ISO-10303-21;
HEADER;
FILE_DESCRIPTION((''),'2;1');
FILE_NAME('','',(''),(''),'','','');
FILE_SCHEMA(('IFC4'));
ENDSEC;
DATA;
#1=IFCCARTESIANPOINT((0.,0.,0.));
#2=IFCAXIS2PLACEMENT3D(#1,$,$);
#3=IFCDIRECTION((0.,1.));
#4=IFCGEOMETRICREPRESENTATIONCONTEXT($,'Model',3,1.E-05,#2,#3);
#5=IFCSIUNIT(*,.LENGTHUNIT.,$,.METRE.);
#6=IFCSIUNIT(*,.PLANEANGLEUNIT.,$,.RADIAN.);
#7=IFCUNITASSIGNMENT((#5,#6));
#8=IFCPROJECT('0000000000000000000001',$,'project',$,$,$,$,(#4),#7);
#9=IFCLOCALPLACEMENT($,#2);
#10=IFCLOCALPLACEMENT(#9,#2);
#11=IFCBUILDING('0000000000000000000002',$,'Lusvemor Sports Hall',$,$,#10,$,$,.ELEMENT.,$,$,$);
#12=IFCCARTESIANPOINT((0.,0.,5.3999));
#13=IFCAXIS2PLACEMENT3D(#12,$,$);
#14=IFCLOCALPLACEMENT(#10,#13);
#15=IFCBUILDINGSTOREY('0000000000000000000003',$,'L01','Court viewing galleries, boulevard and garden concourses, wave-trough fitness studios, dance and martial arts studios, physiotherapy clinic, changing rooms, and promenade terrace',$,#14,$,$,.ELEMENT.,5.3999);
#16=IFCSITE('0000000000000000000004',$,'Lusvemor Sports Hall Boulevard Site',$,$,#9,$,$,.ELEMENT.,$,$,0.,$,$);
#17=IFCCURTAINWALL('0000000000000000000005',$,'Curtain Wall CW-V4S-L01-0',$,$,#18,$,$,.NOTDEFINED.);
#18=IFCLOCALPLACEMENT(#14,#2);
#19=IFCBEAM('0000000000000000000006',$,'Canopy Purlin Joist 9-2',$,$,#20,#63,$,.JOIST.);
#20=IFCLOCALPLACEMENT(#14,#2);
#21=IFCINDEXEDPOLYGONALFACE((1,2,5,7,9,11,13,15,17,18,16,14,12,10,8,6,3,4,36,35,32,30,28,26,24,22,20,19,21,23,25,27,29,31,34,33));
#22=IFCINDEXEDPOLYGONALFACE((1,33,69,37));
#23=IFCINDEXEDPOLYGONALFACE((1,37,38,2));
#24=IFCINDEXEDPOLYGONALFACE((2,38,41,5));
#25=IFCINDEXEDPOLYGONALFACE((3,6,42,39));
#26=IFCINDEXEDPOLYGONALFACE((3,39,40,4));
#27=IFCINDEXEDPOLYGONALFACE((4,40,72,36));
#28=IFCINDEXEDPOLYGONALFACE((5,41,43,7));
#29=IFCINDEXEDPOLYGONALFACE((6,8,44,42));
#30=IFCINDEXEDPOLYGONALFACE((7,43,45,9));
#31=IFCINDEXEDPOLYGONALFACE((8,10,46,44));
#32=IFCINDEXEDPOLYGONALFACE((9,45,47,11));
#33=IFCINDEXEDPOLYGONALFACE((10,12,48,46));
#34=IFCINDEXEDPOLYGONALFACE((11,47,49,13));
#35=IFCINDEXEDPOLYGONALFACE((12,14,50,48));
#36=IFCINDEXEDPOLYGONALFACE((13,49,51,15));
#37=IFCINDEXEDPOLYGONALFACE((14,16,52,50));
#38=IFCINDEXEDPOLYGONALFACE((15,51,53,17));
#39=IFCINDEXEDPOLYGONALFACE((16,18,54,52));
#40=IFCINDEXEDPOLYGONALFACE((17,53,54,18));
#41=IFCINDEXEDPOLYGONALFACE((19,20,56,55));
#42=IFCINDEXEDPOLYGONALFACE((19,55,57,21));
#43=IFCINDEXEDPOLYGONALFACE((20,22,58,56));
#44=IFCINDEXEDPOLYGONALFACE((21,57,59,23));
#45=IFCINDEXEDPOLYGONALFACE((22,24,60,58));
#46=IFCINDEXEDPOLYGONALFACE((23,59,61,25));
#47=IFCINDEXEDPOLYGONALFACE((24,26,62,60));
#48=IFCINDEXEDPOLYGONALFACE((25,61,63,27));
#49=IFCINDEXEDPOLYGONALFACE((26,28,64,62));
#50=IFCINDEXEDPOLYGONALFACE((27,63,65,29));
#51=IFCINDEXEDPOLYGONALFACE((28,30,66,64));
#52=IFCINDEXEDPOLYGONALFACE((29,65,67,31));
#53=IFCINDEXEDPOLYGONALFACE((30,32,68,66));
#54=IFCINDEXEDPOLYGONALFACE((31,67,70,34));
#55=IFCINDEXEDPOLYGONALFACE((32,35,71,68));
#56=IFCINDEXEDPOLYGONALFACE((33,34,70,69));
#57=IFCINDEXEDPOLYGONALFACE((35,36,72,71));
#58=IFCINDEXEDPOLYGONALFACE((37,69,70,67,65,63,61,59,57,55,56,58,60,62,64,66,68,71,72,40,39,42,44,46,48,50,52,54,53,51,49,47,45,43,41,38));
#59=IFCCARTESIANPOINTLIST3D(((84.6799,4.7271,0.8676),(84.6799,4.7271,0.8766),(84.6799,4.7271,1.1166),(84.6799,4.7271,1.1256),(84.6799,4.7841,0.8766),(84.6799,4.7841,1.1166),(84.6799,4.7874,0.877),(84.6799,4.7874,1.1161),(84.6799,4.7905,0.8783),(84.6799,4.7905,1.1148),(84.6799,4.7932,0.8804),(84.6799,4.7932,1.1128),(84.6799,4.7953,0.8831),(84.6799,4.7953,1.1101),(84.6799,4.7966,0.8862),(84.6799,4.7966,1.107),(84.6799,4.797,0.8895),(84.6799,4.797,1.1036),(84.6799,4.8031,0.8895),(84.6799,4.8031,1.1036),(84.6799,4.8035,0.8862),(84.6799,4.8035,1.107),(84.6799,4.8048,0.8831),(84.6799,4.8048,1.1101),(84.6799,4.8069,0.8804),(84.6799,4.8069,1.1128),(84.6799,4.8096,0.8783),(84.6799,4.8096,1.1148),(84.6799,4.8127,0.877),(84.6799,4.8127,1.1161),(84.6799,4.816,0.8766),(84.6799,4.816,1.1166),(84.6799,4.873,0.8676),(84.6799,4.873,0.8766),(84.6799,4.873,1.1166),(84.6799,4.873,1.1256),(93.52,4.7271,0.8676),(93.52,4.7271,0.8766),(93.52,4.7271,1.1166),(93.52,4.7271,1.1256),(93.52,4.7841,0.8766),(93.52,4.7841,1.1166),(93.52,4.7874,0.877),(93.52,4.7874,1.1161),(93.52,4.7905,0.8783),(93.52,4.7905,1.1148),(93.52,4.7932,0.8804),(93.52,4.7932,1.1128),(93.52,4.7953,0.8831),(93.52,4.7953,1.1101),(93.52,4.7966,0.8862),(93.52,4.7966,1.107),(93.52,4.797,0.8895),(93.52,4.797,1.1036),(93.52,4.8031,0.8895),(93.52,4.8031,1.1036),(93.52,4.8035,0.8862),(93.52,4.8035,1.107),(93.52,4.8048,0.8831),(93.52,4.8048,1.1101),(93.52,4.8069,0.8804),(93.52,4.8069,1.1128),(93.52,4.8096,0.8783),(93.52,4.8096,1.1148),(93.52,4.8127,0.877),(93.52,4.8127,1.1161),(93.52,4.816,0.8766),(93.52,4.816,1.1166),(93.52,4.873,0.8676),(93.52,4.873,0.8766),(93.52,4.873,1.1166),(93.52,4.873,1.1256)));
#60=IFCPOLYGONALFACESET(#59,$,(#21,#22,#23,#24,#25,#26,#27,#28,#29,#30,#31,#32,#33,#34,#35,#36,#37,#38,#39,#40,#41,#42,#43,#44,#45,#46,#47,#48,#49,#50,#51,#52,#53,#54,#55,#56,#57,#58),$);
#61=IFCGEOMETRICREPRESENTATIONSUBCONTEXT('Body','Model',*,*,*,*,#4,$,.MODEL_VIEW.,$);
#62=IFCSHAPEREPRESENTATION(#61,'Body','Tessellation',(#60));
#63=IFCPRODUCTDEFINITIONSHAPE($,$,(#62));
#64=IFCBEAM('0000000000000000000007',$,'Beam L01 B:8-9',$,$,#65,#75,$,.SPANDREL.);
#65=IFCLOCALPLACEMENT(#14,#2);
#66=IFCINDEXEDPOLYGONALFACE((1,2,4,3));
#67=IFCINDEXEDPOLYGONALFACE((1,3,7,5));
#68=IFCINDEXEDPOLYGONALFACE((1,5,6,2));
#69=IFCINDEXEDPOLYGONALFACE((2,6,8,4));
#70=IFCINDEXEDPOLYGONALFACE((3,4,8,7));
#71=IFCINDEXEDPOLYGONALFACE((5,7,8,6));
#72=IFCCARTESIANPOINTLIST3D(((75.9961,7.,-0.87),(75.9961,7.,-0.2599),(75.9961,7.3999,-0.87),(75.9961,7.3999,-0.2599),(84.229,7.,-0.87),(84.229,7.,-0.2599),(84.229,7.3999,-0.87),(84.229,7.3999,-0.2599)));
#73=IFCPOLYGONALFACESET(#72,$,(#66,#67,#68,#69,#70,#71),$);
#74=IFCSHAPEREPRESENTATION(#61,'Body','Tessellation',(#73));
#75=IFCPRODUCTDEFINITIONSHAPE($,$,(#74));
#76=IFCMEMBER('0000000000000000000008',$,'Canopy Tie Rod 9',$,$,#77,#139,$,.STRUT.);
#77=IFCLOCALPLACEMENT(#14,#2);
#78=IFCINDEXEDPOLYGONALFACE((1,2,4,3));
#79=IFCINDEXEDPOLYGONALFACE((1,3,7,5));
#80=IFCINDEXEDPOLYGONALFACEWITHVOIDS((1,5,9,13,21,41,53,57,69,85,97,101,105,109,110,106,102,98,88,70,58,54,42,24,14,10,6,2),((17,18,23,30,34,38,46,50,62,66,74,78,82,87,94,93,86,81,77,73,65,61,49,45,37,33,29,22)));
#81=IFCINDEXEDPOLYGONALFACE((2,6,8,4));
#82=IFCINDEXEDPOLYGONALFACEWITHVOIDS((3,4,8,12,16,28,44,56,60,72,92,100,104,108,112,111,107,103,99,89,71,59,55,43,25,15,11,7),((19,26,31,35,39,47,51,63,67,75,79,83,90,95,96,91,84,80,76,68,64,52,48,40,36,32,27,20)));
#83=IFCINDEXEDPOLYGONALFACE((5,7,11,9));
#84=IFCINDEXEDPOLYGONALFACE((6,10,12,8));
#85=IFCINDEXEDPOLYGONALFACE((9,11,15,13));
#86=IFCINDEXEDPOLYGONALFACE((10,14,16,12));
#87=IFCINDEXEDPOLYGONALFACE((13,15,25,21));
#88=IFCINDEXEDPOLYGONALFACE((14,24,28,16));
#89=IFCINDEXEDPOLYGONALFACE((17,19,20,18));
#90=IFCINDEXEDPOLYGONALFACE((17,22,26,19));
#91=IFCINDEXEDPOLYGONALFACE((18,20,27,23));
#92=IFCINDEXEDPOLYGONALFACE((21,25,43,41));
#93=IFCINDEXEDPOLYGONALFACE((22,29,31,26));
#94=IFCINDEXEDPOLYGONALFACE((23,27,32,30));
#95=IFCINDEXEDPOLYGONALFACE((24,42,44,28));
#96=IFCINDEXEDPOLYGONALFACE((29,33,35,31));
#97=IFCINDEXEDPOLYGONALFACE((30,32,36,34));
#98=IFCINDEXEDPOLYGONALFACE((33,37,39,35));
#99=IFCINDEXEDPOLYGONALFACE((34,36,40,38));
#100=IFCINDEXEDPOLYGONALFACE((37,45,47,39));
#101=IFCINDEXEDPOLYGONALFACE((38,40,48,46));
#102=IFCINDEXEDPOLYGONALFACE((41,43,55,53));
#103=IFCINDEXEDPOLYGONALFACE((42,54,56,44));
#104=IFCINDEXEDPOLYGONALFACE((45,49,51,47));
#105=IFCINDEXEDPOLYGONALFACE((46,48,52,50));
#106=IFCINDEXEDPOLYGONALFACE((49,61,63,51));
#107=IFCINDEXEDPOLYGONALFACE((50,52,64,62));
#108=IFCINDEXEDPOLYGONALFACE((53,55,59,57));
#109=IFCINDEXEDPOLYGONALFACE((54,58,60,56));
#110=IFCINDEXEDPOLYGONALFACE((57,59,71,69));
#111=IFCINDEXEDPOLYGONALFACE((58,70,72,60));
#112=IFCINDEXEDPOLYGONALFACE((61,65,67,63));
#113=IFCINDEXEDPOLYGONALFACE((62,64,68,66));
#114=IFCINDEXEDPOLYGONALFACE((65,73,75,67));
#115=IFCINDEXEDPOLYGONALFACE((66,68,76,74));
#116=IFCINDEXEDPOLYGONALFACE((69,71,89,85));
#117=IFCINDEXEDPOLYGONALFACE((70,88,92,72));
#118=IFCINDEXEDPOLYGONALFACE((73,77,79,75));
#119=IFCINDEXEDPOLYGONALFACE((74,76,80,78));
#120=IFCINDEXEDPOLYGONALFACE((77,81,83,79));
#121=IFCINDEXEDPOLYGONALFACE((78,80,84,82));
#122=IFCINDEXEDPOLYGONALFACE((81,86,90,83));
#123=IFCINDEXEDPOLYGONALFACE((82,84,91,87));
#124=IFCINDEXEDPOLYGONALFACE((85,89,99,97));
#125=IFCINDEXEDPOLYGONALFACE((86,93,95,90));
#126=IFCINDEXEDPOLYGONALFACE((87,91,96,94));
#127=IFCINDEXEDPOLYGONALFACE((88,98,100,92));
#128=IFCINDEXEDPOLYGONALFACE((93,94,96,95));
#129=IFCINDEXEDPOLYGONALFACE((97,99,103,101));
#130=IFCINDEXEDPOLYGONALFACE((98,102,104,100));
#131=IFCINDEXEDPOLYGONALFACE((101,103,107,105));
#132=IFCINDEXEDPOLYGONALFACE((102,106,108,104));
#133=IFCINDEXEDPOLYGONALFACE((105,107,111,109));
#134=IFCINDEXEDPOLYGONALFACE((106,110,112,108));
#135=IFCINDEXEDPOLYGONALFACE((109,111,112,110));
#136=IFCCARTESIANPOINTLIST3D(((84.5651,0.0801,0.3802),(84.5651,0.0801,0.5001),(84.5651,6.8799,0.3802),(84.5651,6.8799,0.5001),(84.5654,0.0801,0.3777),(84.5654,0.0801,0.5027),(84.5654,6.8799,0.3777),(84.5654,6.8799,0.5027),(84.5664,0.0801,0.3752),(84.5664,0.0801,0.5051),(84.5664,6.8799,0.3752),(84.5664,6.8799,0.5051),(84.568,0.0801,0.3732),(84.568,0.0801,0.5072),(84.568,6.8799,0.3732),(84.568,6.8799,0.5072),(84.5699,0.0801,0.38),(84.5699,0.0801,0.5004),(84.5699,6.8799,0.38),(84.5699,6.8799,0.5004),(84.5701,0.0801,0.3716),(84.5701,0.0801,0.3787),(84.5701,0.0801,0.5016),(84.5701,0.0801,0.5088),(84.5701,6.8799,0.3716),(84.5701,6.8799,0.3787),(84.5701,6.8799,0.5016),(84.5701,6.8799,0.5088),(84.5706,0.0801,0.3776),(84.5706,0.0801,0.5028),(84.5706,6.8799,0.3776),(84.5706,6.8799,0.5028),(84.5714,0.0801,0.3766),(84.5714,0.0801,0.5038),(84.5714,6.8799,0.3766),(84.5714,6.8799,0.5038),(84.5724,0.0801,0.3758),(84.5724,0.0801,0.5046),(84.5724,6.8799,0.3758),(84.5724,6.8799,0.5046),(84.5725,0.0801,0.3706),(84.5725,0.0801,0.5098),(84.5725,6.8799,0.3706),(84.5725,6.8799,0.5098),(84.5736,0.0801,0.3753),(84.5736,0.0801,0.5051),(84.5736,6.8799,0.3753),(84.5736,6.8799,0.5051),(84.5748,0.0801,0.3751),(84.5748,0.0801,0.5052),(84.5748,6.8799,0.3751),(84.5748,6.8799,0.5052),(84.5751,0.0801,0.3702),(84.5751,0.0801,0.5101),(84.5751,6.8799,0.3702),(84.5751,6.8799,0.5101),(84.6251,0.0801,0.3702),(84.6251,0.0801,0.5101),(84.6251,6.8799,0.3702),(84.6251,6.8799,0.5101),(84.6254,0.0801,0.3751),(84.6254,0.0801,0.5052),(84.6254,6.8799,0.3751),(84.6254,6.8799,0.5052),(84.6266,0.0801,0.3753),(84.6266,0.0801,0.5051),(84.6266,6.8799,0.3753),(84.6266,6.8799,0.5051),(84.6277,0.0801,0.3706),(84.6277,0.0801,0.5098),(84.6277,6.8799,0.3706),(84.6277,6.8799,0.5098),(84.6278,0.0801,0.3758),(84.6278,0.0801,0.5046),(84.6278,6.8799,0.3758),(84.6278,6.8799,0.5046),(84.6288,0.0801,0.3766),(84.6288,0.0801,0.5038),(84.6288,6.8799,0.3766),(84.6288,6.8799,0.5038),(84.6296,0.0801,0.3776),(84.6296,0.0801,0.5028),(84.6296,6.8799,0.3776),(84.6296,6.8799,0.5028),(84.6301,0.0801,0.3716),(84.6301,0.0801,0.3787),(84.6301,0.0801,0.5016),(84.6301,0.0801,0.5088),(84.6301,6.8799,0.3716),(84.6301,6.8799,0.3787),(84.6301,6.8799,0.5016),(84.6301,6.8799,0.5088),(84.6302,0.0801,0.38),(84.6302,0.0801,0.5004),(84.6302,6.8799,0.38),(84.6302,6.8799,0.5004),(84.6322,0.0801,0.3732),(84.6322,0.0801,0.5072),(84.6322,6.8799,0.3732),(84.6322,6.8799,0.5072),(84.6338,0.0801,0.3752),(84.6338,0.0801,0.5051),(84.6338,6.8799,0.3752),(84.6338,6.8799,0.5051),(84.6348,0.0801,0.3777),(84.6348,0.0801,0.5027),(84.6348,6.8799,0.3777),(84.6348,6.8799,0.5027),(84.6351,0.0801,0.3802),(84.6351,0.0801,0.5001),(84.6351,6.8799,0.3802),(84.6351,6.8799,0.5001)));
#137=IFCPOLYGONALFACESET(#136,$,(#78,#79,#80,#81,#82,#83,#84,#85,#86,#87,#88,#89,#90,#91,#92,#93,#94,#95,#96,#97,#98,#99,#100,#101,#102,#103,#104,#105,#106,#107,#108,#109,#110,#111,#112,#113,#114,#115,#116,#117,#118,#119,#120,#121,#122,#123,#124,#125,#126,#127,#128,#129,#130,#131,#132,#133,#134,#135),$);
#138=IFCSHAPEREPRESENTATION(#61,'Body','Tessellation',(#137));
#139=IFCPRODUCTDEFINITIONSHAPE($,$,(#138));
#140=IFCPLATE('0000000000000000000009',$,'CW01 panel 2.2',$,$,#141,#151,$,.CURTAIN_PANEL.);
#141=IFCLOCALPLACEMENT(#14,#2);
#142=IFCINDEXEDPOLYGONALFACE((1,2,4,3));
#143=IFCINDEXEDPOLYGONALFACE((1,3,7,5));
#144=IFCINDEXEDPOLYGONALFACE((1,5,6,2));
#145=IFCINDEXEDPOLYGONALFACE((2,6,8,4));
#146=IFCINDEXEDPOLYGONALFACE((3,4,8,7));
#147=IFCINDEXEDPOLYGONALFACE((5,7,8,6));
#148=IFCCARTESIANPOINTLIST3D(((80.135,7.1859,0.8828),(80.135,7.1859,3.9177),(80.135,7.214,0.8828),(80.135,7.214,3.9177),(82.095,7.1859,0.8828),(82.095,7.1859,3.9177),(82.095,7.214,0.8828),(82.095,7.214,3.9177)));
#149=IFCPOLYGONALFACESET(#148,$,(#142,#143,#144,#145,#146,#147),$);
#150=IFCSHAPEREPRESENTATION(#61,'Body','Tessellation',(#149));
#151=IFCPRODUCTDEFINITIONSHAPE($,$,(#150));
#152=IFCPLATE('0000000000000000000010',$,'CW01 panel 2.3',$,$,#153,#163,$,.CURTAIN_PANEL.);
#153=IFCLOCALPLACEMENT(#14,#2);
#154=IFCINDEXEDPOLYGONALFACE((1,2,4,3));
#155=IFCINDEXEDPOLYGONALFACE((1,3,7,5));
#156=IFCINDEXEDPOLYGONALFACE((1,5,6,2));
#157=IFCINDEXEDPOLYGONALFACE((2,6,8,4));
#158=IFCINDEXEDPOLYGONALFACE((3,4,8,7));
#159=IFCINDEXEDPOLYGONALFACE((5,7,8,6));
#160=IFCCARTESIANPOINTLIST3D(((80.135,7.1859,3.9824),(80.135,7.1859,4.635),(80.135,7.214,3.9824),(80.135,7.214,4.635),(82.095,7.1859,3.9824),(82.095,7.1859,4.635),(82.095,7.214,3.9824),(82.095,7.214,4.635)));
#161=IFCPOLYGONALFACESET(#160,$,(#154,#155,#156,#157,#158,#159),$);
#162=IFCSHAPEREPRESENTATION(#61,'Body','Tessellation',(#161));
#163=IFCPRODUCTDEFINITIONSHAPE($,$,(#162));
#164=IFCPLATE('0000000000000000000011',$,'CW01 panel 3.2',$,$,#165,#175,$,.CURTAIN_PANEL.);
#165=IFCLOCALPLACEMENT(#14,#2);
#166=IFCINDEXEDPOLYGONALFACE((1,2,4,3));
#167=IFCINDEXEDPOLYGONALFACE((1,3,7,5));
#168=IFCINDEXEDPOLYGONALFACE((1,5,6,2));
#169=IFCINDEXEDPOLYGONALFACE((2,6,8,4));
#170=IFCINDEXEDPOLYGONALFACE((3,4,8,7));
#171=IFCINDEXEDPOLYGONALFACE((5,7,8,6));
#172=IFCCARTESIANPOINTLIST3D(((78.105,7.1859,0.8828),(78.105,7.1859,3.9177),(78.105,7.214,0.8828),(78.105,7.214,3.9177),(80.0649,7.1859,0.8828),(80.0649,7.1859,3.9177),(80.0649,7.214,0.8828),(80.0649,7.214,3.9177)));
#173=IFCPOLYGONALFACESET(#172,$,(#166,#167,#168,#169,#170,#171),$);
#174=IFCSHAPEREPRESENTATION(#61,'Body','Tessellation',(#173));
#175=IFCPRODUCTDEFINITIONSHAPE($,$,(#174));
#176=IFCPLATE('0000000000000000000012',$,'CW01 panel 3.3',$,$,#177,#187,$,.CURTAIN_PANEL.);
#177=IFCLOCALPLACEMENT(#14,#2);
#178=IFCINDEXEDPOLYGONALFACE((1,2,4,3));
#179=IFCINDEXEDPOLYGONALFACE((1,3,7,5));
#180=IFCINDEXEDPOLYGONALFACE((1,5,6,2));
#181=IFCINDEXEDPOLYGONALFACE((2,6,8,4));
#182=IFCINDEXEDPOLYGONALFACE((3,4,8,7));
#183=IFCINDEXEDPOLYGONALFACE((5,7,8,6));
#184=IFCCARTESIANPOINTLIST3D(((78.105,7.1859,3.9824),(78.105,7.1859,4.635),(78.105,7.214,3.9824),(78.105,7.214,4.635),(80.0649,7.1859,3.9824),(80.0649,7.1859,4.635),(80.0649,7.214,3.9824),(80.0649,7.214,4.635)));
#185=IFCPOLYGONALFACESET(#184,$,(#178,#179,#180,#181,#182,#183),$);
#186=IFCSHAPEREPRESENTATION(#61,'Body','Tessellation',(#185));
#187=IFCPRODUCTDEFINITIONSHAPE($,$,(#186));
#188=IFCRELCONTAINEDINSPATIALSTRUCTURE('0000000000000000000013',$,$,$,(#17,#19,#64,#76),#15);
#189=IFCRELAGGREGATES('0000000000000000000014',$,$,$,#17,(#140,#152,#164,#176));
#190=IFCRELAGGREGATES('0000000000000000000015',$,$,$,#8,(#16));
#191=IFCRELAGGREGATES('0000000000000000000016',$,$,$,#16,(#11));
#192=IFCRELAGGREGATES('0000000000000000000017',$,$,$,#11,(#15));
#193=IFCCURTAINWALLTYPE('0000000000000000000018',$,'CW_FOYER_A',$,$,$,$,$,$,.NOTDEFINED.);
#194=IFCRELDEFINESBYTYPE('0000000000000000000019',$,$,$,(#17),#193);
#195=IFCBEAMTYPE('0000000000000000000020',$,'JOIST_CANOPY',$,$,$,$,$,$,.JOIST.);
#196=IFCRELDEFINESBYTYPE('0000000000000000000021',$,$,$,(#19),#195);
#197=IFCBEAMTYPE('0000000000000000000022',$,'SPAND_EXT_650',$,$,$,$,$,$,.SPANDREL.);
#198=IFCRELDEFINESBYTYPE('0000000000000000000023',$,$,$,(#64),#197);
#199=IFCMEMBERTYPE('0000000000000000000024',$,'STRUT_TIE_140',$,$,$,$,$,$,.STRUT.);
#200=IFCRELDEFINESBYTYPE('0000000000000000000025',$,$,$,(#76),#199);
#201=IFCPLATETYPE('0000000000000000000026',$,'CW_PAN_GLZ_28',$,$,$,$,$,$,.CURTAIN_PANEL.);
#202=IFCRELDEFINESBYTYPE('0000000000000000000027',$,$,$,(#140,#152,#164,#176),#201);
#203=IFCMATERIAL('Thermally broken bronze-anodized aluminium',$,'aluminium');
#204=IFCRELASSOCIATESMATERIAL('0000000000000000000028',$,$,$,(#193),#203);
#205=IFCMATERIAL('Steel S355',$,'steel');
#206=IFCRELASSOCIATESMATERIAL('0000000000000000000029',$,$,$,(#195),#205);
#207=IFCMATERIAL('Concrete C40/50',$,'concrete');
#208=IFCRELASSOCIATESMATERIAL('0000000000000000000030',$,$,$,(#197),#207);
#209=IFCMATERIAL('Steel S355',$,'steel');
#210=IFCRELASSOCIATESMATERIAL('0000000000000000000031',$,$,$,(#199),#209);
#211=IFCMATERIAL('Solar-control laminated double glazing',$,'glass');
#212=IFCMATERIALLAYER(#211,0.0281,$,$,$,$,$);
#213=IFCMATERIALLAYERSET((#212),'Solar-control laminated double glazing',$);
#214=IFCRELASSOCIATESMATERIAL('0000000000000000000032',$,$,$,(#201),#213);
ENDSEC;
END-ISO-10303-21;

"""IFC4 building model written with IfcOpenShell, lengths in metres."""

from ifc_helpers import new_model, si_unit, direction, frame, origin, origin_2d, place, context, subcontext, project, spatial, rectangle, hollow_rectangle, i_section, extrude, material, layer, layer_set, material_profile, profile_set, type_object, element, aggregate, save


model = new_model("IFC4")

# Units and contexts
model_context = context("Model", 3, precision=1e-05, world=origin(), true_north=direction((0.0, 1.0)))
body_context = subcontext(model_context, "Body", "Model", "MODEL_VIEW")
ifc_project = project(units=[si_unit("LENGTHUNIT", "METRE"), si_unit("PLANEANGLEUNIT", "RADIAN")], contexts=[model_context])

# Site, building, storey
site_placement = place(None, origin())
site = spatial("IfcSite", under=ifc_project, at=site_placement, Name="Lusvemor Sports Hall Boulevard Site", CompositionType="ELEMENT", RefElevation=0.0)
building_placement = place(site_placement, origin())
building = spatial("IfcBuilding", under=site, at=building_placement, Name="Lusvemor Sports Hall", CompositionType="ELEMENT")
storey_placement = place(building_placement, frame((0.0, 0.0, 5.3999)))
storey = spatial("IfcBuildingStorey", under=building, at=storey_placement, Name="L01", Description="Court viewing galleries, boulevard and garden concourses, wave-trough fitness studios, dance and martial arts studios, physiotherapy clinic, changing rooms, and promenade terrace", CompositionType="ELEMENT", Elevation=5.3999)

# Curtain wall
ifc_material_1 = material(Name="Thermally broken bronze-anodized aluminium", Category="aluminium")
curtain_wall_type = type_object("IfcCurtainWallType", Name="CW_FOYER_A", PredefinedType="NOTDEFINED", material=ifc_material_1)
curtain_wall_placement = place(storey_placement, origin())
curtain_wall = element("IfcCurtainWall", 1, at=curtain_wall_placement, inside=storey, type_object=curtain_wall_type, Name="Curtain Wall CW-V4S-L01-0", PredefinedType="NOTDEFINED")

# Beams
ifc_material_2 = material(Name="Steel S355", Category="steel")
ifc_material_profile_1 = material_profile(ifc_material_2, i_section(OverallWidth=0.146, OverallDepth=0.2581, WebThickness=0.0061, FlangeThickness=0.009, FilletRadius=0.0129, at=origin_2d()), Name="W250x32.7")
ifc_profile_set_1 = profile_set([ifc_material_profile_1], Name="Steel S355")
beam_type_1 = type_object("IfcBeamType", Name="JOIST_CANOPY", PredefinedType="JOIST", material=ifc_profile_set_1)
for number, where, z_axis, x_axis, name in (
    (2, (84.6799, 4.8, 0.9966), (1.0, 0.0, 0.0), (0.0, 1.0, 0.0), "Canopy Purlin Joist 9-2"),
):
    element("IfcBeam", number, at=place(storey_placement, frame(where, z_axis=z_axis, x_axis=x_axis)), inside=storey, type_object=beam_type_1, Name=name, PredefinedType="JOIST", context=body_context, shape_type="SweptSolid", body=[
        extrude(i_section(OverallWidth=0.146, OverallDepth=0.2581, WebThickness=0.0061, FlangeThickness=0.009, FilletRadius=0.0129, at=origin_2d()), origin(), (0.0, 0.0, 1.0), 8.8401),
    ])
ifc_material_3 = material(Name="Concrete C40/50", Category="concrete")
ifc_material_profile_2 = material_profile(ifc_material_3, rectangle(XDim=0.3999, YDim=0.6101, at=origin_2d()), Name="RC400x610")
ifc_profile_set_2 = profile_set([ifc_material_profile_2], Name="Concrete C40/50")
beam_type_2 = type_object("IfcBeamType", Name="SPAND_EXT_650", PredefinedType="SPANDREL", material=ifc_profile_set_2)
beam_1_placement = place(storey_placement, frame((75.9961, 7.2, -0.5649), z_axis=(1.0, 0.0, 0.0), x_axis=(0.0, 1.0, 0.0)))
element("IfcBeam", 3, at=beam_1_placement, inside=storey, type_object=beam_type_2, Name="Beam L01 B:8-9", PredefinedType="SPANDREL", context=body_context, shape_type="SweptSolid", body=[
    extrude(rectangle(XDim=0.3999, YDim=0.6101, at=origin_2d()), origin(), (0.0, 0.0, 1.0), 8.2329),
])

# Member
ifc_material_4 = material(Name="Steel S355", Category="steel")
ifc_material_profile_3 = material_profile(ifc_material_4, hollow_rectangle(XDim=0.0701, YDim=0.1399, WallThickness=0.0049, InnerFilletRadius=0.0049, OuterFilletRadius=0.01, at=origin_2d()), Name="RHS140x70x5")
ifc_profile_set_3 = profile_set([ifc_material_profile_3], Name="Steel S355")
member_type_1 = type_object("IfcMemberType", Name="STRUT_TIE_140", PredefinedType="STRUT", material=ifc_profile_set_3)
member_1_placement = place(storey_placement, frame((84.6001, 0.0801, 0.4402), z_axis=(0.0, 1.0, 0.0), x_axis=(-1.0, 0.0, 0.0)))
element("IfcMember", 4, at=member_1_placement, inside=storey, type_object=member_type_1, Name="Canopy Tie Rod 9", PredefinedType="STRUT", context=body_context, shape_type="SweptSolid", body=[
    extrude(hollow_rectangle(XDim=0.0701, YDim=0.1399, WallThickness=0.0049, InnerFilletRadius=0.0049, OuterFilletRadius=0.01, at=origin_2d()), origin(), (0.0, 0.0, 1.0), 6.7998),
])

# Plates
ifc_material_5 = material(Name="Solar-control laminated double glazing", Category="glass")
ifc_layer_1 = layer(ifc_material_5, 0.0281)
ifc_layer_set_1 = layer_set([ifc_layer_1], Name="Solar-control laminated double glazing")
plate_type_1 = type_object("IfcPlateType", Name="CW_PAN_GLZ_28", PredefinedType="CURTAIN_PANEL", material=ifc_layer_set_1)
plate_1_placement = place(storey_placement, frame((81.115, 7.2, 0.8828), z_axis=(0.0, 0.0, 1.0), x_axis=(-1.0, 0.0, 0.0)))
plate_1 = element("IfcPlate", 5, at=plate_1_placement, type_object=plate_type_1, Name="CW01 panel 2.2", PredefinedType="CURTAIN_PANEL", context=body_context, shape_type="SweptSolid", body=[
    extrude(rectangle(XDim=1.96, YDim=0.0281, at=origin_2d()), origin(), (0.0, 0.0, 1.0), 3.0349),
])
plate_2_placement = place(storey_placement, frame((81.115, 7.2, 3.9824), z_axis=(0.0, 0.0, 1.0), x_axis=(-1.0, 0.0, 0.0)))
plate_2 = element("IfcPlate", 6, at=plate_2_placement, type_object=plate_type_1, Name="CW01 panel 2.3", PredefinedType="CURTAIN_PANEL", context=body_context, shape_type="SweptSolid", body=[
    extrude(rectangle(XDim=1.96, YDim=0.0281, at=origin_2d()), origin(), (0.0, 0.0, 1.0), 0.6526),
])
plate_3_placement = place(storey_placement, frame((79.085, 7.2, 0.8828), z_axis=(0.0, 0.0, 1.0), x_axis=(-1.0, 0.0, 0.0)))
plate_3 = element("IfcPlate", 7, at=plate_3_placement, type_object=plate_type_1, Name="CW01 panel 3.2", PredefinedType="CURTAIN_PANEL", context=body_context, shape_type="SweptSolid", body=[
    extrude(rectangle(XDim=1.96, YDim=0.0281, at=origin_2d()), origin(), (0.0, 0.0, 1.0), 3.0349),
])
plate_4_placement = place(storey_placement, frame((79.085, 7.2, 3.9824), z_axis=(0.0, 0.0, 1.0), x_axis=(-1.0, 0.0, 0.0)))
plate_4 = element("IfcPlate", 8, at=plate_4_placement, type_object=plate_type_1, Name="CW01 panel 3.3", PredefinedType="CURTAIN_PANEL", context=body_context, shape_type="SweptSolid", body=[
    extrude(rectangle(XDim=1.96, YDim=0.0281, at=origin_2d()), origin(), (0.0, 0.0, 1.0), 0.6526),
])
aggregate(curtain_wall, [plate_1, plate_2, plate_3, plate_4])

save(model, "model.ifc")
